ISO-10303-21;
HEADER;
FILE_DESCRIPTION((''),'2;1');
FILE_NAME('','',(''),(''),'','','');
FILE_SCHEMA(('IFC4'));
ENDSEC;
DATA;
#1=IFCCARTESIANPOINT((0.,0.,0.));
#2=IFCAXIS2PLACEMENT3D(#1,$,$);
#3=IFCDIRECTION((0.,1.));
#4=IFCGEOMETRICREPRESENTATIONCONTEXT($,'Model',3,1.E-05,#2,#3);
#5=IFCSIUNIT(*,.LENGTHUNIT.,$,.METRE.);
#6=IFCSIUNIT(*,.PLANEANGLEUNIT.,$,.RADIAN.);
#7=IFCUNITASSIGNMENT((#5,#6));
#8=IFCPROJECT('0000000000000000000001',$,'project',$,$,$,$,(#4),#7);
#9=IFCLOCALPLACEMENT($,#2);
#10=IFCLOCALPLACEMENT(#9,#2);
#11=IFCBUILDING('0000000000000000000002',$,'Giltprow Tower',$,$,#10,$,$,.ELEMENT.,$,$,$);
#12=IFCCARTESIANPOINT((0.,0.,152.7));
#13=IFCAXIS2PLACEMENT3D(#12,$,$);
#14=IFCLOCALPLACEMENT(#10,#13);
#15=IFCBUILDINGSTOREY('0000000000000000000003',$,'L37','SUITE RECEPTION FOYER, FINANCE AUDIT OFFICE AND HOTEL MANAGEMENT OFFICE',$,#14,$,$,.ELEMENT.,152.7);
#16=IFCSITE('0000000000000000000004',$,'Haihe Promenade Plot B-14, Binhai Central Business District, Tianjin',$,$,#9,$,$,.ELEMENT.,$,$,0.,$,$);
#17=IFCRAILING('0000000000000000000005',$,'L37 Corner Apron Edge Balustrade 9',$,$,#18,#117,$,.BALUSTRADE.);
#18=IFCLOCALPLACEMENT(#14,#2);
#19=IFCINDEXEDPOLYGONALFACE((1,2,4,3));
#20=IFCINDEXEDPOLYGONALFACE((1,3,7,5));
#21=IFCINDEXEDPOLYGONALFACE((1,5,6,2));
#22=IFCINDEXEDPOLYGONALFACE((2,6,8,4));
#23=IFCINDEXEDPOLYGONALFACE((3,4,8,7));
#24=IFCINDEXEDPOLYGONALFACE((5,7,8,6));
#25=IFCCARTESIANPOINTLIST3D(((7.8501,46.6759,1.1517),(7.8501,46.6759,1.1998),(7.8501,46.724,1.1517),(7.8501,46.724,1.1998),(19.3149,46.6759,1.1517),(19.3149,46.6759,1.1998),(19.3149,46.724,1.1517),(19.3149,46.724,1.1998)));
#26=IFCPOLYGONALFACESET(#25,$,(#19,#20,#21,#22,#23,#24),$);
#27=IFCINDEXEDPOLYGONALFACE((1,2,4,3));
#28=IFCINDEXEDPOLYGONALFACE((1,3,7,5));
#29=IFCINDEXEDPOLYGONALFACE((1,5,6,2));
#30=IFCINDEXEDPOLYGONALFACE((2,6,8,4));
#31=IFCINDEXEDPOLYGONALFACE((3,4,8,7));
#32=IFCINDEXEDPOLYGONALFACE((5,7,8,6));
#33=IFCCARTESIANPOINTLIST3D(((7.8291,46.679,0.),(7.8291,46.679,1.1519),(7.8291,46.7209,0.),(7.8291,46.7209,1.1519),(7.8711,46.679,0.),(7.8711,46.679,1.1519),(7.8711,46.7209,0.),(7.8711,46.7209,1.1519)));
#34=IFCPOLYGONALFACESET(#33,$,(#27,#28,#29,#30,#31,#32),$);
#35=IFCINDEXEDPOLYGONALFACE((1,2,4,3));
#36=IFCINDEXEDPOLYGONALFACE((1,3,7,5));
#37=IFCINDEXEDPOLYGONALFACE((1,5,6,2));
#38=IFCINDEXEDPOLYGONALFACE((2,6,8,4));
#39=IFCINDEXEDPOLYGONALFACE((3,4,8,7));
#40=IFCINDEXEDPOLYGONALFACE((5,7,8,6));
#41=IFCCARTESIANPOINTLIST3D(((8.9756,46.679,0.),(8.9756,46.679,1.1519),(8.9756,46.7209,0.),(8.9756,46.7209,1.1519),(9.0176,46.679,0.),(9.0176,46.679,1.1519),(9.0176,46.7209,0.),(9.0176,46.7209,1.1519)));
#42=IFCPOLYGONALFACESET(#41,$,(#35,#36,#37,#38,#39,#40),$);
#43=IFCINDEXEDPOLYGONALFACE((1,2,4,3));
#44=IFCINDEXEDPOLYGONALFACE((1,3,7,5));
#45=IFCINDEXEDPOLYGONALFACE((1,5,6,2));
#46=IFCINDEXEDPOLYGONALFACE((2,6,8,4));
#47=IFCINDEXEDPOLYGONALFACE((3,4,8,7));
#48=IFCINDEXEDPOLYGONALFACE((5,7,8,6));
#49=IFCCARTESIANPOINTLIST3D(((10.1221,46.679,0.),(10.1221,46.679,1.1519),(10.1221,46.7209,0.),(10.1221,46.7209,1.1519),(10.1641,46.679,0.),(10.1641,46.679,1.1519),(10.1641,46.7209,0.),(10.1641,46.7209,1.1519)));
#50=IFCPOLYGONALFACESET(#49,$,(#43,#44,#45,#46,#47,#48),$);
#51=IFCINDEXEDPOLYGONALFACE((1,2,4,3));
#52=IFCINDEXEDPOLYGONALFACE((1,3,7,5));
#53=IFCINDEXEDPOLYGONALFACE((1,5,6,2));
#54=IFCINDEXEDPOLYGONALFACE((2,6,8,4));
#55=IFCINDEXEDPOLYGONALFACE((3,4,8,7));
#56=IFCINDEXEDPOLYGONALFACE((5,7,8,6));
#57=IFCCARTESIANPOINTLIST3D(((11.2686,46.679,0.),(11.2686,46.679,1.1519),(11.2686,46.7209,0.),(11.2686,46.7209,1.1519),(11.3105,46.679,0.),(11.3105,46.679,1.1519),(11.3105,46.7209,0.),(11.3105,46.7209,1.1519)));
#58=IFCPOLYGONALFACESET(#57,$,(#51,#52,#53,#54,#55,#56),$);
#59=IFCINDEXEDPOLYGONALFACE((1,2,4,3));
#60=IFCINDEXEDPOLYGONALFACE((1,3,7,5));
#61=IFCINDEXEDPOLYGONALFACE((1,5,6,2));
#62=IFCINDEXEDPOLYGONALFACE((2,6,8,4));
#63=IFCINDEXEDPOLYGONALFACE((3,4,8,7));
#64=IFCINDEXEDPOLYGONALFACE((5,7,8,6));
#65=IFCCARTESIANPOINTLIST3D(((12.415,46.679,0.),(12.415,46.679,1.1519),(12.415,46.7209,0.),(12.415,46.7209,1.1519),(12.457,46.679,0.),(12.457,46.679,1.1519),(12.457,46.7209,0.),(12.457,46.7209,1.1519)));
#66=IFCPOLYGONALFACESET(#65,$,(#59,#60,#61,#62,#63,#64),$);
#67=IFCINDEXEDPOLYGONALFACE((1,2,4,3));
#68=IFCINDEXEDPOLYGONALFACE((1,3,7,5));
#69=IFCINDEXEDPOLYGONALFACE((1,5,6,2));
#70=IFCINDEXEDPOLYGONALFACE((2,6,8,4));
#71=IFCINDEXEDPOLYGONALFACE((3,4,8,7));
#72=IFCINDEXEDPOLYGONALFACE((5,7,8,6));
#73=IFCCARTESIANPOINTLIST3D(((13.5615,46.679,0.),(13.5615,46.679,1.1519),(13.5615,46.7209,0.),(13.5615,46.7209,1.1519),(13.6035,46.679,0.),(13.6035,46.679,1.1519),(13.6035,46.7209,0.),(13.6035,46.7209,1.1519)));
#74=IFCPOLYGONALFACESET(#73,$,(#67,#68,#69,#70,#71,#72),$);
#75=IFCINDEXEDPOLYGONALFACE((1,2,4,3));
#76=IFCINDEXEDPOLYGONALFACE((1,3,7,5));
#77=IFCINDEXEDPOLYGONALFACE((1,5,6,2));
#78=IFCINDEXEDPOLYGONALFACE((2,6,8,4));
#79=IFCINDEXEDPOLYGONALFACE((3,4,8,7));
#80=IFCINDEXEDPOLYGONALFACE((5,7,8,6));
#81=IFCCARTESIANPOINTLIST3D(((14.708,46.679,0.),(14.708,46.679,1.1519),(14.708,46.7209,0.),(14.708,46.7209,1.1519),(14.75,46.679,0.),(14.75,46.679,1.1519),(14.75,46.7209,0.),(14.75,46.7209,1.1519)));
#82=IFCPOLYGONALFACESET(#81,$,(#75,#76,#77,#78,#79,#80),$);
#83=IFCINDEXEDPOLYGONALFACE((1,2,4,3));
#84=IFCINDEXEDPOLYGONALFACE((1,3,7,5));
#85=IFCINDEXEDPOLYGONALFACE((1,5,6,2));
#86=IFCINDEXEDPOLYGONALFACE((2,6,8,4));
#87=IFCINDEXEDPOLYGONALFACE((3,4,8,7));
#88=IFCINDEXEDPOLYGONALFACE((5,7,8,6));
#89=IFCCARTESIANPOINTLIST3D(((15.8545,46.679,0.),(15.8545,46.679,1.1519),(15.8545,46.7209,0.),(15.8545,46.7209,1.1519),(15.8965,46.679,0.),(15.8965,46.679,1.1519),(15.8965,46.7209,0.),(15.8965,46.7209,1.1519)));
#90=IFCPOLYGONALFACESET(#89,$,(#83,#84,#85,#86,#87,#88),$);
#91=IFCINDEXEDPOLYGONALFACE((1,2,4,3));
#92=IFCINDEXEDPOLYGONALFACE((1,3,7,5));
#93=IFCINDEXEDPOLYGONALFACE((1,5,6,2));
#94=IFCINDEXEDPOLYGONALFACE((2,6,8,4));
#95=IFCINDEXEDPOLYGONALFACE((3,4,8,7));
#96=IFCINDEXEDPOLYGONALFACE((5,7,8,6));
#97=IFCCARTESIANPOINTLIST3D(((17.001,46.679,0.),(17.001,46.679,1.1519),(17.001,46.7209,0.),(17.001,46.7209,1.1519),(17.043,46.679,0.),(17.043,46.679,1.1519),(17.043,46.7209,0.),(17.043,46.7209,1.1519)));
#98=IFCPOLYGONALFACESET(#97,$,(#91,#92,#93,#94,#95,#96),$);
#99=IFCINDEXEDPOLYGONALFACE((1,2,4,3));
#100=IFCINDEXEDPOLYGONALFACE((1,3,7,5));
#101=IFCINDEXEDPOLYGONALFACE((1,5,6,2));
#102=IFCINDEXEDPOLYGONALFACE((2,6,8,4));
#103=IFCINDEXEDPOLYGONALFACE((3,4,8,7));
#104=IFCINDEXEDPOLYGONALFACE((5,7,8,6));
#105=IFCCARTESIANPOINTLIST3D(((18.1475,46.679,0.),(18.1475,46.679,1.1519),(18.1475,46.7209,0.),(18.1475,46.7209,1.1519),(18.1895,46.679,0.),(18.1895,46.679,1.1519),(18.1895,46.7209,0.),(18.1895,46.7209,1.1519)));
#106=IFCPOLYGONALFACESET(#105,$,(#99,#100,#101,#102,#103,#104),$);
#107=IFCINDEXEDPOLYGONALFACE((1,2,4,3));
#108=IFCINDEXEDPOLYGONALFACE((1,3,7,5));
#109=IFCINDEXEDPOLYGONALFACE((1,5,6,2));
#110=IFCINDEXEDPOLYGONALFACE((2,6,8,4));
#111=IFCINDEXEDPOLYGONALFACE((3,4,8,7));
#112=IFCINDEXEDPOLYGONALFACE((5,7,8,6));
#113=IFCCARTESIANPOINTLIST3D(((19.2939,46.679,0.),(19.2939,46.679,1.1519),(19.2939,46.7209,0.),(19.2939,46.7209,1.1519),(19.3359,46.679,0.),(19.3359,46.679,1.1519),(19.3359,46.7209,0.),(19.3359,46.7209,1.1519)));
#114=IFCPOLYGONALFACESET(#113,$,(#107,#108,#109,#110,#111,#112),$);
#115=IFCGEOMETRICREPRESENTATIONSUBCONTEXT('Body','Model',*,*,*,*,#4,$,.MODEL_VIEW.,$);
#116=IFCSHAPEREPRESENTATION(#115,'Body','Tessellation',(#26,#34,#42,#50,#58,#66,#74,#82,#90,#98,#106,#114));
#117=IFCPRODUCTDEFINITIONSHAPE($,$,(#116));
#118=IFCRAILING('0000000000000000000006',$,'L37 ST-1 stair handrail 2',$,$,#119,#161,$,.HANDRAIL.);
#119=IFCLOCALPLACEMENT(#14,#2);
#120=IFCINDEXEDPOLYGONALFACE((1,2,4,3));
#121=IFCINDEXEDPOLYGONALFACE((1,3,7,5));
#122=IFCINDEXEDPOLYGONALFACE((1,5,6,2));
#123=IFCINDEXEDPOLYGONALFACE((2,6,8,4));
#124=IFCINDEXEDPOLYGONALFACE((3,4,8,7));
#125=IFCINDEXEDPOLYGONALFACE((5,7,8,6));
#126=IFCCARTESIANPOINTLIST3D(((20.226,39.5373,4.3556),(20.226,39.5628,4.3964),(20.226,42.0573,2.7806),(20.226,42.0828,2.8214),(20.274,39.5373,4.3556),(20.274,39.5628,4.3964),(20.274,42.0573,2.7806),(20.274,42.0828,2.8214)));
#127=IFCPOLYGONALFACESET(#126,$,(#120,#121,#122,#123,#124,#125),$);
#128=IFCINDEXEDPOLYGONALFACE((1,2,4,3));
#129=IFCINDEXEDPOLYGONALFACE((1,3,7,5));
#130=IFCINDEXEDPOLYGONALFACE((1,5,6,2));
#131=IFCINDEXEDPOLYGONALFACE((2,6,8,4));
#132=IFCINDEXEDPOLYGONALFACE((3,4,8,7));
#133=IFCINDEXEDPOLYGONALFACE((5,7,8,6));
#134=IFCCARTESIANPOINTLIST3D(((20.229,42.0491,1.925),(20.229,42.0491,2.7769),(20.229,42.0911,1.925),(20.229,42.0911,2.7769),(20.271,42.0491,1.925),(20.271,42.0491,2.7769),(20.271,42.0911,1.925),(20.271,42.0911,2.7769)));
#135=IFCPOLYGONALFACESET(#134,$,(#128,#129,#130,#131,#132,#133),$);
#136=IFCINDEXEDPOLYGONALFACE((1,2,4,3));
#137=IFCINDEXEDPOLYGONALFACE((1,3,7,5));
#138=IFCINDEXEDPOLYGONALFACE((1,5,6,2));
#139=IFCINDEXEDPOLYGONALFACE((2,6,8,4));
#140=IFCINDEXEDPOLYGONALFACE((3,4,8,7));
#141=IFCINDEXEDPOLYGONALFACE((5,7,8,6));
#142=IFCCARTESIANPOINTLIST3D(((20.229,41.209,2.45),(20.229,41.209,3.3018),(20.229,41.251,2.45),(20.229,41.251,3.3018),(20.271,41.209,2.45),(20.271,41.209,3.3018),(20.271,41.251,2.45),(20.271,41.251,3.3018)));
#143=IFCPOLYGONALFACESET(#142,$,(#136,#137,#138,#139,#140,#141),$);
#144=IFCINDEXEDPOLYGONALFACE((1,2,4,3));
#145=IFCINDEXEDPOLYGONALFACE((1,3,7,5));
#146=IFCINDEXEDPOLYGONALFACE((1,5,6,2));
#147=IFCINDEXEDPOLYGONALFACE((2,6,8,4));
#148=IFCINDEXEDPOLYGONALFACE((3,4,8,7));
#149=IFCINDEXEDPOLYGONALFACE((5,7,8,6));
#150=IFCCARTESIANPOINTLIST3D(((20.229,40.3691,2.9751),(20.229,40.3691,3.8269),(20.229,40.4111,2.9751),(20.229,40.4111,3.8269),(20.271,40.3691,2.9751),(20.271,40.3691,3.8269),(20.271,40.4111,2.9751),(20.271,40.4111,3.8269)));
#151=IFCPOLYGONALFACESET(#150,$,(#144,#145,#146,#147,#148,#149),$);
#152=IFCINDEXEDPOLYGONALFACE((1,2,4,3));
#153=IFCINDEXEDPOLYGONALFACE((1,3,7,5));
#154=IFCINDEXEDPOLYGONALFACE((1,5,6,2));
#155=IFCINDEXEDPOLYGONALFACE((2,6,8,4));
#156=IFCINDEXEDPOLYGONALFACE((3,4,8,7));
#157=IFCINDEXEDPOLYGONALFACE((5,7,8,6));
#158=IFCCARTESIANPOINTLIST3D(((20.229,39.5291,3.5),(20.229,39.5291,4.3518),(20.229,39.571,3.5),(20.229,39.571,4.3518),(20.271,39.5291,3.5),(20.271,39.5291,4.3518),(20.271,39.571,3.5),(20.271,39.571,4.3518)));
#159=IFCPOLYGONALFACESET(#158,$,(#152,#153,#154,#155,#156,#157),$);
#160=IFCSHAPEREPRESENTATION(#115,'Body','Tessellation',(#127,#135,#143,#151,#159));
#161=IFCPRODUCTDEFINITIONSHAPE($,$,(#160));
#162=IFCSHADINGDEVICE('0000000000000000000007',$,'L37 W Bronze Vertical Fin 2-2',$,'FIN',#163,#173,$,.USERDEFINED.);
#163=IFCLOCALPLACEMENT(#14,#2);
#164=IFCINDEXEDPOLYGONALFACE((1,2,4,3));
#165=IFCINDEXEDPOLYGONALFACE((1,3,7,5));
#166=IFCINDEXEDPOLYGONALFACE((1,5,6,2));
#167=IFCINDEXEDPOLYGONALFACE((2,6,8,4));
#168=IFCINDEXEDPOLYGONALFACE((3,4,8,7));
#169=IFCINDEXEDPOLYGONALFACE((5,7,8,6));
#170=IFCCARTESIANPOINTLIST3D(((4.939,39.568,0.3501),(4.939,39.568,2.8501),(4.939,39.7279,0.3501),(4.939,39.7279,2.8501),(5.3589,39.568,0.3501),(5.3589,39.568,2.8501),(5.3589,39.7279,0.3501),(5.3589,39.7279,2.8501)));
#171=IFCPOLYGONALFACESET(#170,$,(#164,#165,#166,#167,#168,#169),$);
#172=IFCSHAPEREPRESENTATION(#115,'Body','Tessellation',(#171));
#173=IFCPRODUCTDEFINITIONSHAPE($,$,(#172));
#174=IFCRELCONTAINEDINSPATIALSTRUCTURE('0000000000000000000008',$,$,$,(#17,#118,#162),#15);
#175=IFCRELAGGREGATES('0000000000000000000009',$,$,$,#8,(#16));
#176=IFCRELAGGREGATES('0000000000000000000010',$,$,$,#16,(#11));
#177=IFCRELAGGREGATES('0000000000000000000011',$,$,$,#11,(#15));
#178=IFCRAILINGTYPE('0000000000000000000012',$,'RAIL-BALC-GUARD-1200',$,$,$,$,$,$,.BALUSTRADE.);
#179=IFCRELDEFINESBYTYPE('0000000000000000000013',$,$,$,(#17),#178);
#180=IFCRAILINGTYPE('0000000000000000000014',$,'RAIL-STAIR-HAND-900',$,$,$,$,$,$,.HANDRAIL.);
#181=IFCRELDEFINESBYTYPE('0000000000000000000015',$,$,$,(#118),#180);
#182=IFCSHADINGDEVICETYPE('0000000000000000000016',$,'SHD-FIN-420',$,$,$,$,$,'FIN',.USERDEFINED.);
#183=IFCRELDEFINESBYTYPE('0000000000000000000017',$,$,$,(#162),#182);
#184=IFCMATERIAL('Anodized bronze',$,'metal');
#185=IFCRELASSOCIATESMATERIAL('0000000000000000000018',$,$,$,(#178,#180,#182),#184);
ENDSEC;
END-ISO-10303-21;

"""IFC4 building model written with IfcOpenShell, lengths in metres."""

from ifc_helpers import new_model, si_unit, direction, frame, origin, origin_2d, place, context, subcontext, project, spatial, rectangle, extrude, source, transform, mapped, material, type_object, element, save


model = new_model("IFC4")

# Units and contexts
model_context = context("Model", 3, precision=1e-05, world=origin(), true_north=direction((0.0, 1.0)))
body_context = subcontext(model_context, "Body", "Model", "MODEL_VIEW")
ifc_project = project(units=[si_unit("LENGTHUNIT", "METRE"), si_unit("PLANEANGLEUNIT", "RADIAN")], contexts=[model_context])

# Site, building, storey
site_placement = place(None, origin())
site = spatial("IfcSite", under=ifc_project, at=site_placement, Name="Haihe Promenade Plot B-14, Binhai Central Business District, Tianjin", CompositionType="ELEMENT", RefElevation=0.0)
building_placement = place(site_placement, origin())
building = spatial("IfcBuilding", under=site, at=building_placement, Name="Giltprow Tower", CompositionType="ELEMENT")
storey_placement = place(building_placement, frame((0.0, 0.0, 152.7)))
storey = spatial("IfcBuildingStorey", under=building, at=storey_placement, Name="L37", Description="SUITE RECEPTION FOYER, FINANCE AUDIT OFFICE AND HOTEL MANAGEMENT OFFICE", CompositionType="ELEMENT", Elevation=152.7)

# Railings
ifc_material_1 = material(Name="Anodized bronze", Category="metal")
railing_type_1 = type_object("IfcRailingType", Name="RAIL-BALC-GUARD-1200", PredefinedType="BALUSTRADE", material=ifc_material_1)
railing_1_placement = place(storey_placement, frame((7.8501, 46.7, 0.0)))
element("IfcRailing", 1, at=railing_1_placement, inside=storey, type_object=railing_type_1, Name="L37 Corner Apron Edge Balustrade 9", PredefinedType="BALUSTRADE", context=body_context, shape_type="SweptSolid", body=[
    extrude(rectangle(XDim=0.0481, YDim=0.0481, at=origin_2d()), frame((0.0, 0.0, 1.1758), z_axis=(1.0, 0.0, 0.0), x_axis=(0.0, 1.0, 0.0)), (0.0, 0.0, 1.0), 11.4648),
    extrude(rectangle(XDim=0.042, YDim=0.042, at=origin_2d()), origin(), (0.0, 0.0, 1.0), 1.1519),
    extrude(rectangle(XDim=0.042, YDim=0.042, at=origin_2d()), frame((1.1465, 0.0, 0.0)), (0.0, 0.0, 1.0), 1.1519),
    extrude(rectangle(XDim=0.042, YDim=0.042, at=origin_2d()), frame((2.293, 0.0, 0.0)), (0.0, 0.0, 1.0), 1.1519),
    extrude(rectangle(XDim=0.042, YDim=0.042, at=origin_2d()), frame((3.4395, 0.0, 0.0)), (0.0, 0.0, 1.0), 1.1519),
    extrude(rectangle(XDim=0.042, YDim=0.042, at=origin_2d()), frame((4.5859, 0.0, 0.0)), (0.0, 0.0, 1.0), 1.1519),
    extrude(rectangle(XDim=0.042, YDim=0.042, at=origin_2d()), frame((5.7324, 0.0, 0.0)), (0.0, 0.0, 1.0), 1.1519),
    extrude(rectangle(XDim=0.042, YDim=0.042, at=origin_2d()), frame((6.8789, 0.0, 0.0)), (0.0, 0.0, 1.0), 1.1519),
    extrude(rectangle(XDim=0.042, YDim=0.042, at=origin_2d()), frame((8.0254, 0.0, 0.0)), (0.0, 0.0, 1.0), 1.1519),
    extrude(rectangle(XDim=0.042, YDim=0.042, at=origin_2d()), frame((9.1719, 0.0, 0.0)), (0.0, 0.0, 1.0), 1.1519),
    extrude(rectangle(XDim=0.042, YDim=0.042, at=origin_2d()), frame((10.3184, 0.0, 0.0)), (0.0, 0.0, 1.0), 1.1519),
    extrude(rectangle(XDim=0.042, YDim=0.042, at=origin_2d()), frame((11.4648, 0.0, 0.0)), (0.0, 0.0, 1.0), 1.1519),
])
railing_type_2 = type_object("IfcRailingType", Name="RAIL-STAIR-HAND-900", PredefinedType="HANDRAIL", material=ifc_material_1)
railing_2_placement = place(storey_placement, frame((20.25, 42.0701, 1.925)))
element("IfcRailing", 2, at=railing_2_placement, inside=storey, type_object=railing_type_2, Name="L37 ST-1 stair handrail 2", PredefinedType="HANDRAIL", context=body_context, shape_type="SweptSolid", body=[
    extrude(rectangle(XDim=0.0481, YDim=0.0481, at=origin_2d()), frame((0.0, 0.0, 0.876), z_axis=(0.0, -0.848008, 0.529984), x_axis=(1.0, 0.0, 0.0)), (0.0, 0.0, 1.0), 2.9717),
    extrude(rectangle(XDim=0.042, YDim=0.042, at=origin_2d()), origin(), (0.0, 0.0, 1.0), 0.8518),
    extrude(rectangle(XDim=0.042, YDim=0.042, at=origin_2d()), frame((0.0, -0.8401, 0.5249)), (0.0, 0.0, 1.0), 0.8518),
    extrude(rectangle(XDim=0.042, YDim=0.042, at=origin_2d()), frame((0.0, -1.6799, 1.05)), (0.0, 0.0, 1.0), 0.8518),
    extrude(rectangle(XDim=0.042, YDim=0.042, at=origin_2d()), frame((0.0, -2.52, 1.575)), (0.0, 0.0, 1.0), 0.8518),
])

# Shading device
shading_device_type = type_object("IfcShadingDeviceType", Name="SHD-FIN-420", ElementType="FIN", PredefinedType="USERDEFINED", material=ifc_material_1)
shared_shape_1 = source(origin(), body_context, "Body", "SweptSolid", [
    extrude(rectangle(XDim=0.4199, YDim=0.1599, at=origin_2d()), origin(), (0.0, 0.0, 1.0), 2.5),
])
shading_device_placement = place(storey_placement, frame((5.1489, 39.6479, 0.3501), z_axis=(0.0, 0.0, 1.0), x_axis=(1.0, 0.0, 0.0)))
element("IfcShadingDevice", 3, at=shading_device_placement, inside=storey, type_object=shading_device_type, Name="L37 W Bronze Vertical Fin 2-2", ObjectType="FIN", PredefinedType="USERDEFINED", context=body_context, shape_type="MappedRepresentation", body=[
    mapped(shared_shape_1, transform((0.0, 0.0, 0.0), x_axis=(1.0, 0.0, 0.0), y_axis=(0.0, 1.0, 0.0), z_axis=(0.0, 0.0, 1.0), scale=1.0)),
])

save(model, "model.ifc")
